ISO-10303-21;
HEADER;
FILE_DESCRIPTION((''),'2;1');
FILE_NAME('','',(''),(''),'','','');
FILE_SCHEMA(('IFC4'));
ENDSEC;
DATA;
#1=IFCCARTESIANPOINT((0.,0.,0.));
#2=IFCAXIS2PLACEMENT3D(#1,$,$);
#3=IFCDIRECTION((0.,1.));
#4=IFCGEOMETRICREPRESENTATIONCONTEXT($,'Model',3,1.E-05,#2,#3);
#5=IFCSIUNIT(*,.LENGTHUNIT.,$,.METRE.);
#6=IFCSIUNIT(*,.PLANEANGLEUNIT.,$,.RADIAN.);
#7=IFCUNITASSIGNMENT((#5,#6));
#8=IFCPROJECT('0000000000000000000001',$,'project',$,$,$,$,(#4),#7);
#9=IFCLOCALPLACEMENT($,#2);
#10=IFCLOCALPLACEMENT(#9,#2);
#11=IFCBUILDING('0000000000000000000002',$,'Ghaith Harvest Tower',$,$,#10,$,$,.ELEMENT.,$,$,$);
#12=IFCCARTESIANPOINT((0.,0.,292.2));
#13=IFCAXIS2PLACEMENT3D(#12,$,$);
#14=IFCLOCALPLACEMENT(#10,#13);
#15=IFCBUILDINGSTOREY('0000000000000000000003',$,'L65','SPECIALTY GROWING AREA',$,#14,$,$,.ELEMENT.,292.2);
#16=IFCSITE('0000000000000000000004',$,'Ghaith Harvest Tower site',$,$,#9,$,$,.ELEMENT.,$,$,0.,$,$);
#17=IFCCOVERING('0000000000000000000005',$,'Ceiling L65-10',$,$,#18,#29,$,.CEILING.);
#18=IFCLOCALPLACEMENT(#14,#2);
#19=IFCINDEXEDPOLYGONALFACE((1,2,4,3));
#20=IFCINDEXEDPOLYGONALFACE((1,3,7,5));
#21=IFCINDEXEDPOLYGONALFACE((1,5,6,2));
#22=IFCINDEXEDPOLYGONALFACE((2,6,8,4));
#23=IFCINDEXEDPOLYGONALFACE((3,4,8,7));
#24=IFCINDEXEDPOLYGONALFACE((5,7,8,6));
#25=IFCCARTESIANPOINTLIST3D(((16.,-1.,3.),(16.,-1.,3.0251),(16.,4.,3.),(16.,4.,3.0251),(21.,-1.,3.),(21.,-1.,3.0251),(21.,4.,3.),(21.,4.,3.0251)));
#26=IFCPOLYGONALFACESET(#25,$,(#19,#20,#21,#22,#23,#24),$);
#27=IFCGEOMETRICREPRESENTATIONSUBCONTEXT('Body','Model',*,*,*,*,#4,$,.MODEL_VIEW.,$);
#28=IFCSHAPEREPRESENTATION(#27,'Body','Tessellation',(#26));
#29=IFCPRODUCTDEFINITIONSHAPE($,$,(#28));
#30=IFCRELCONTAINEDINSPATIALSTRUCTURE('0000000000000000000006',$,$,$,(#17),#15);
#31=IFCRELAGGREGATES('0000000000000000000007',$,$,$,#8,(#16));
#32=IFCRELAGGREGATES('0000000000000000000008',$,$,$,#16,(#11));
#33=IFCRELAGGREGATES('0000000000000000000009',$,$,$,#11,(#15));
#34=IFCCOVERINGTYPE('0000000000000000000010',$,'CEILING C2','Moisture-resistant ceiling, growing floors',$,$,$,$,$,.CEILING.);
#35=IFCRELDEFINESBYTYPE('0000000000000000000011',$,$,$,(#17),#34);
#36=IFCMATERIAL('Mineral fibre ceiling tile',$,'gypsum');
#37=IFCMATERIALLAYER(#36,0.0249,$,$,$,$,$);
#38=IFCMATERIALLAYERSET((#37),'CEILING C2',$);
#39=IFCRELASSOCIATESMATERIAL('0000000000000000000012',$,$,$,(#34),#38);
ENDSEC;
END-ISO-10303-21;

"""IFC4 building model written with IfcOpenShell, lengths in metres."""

from ifc_helpers import new_model, si_unit, direction, frame, origin, place, context, subcontext, project, spatial, polyline, outline, extrude, material, layer, layer_set, type_object, element, save


model = new_model("IFC4")

# Units and contexts
model_context = context("Model", 3, precision=1e-05, world=origin(), true_north=direction((0.0, 1.0)))
body_context = subcontext(model_context, "Body", "Model", "MODEL_VIEW")
ifc_project = project(units=[si_unit("LENGTHUNIT", "METRE"), si_unit("PLANEANGLEUNIT", "RADIAN")], contexts=[model_context])

# Site, building, storey
site_placement = place(None, origin())
site = spatial("IfcSite", under=ifc_project, at=site_placement, Name="Ghaith Harvest Tower site", CompositionType="ELEMENT", RefElevation=0.0)
building_placement = place(site_placement, origin())
building = spatial("IfcBuilding", under=site, at=building_placement, Name="Ghaith Harvest Tower", CompositionType="ELEMENT")
storey_placement = place(building_placement, frame((0.0, 0.0, 292.2)))
storey = spatial("IfcBuildingStorey", under=building, at=storey_placement, Name="L65", Description="SPECIALTY GROWING AREA", CompositionType="ELEMENT", Elevation=292.2)

# Covering
ifc_material_1 = material(Name="Mineral fibre ceiling tile", Category="gypsum")
ifc_layer_1 = layer(ifc_material_1, 0.0249)
ifc_layer_set_1 = layer_set([ifc_layer_1], Name="CEILING C2")
covering_type = type_object("IfcCoveringType", Name="CEILING C2", Description="Moisture-resistant ceiling, growing floors", PredefinedType="CEILING", material=ifc_layer_set_1)
covering_1_placement = place(storey_placement, frame((0.0, 0.0, 3.0)))
element("IfcCovering", 1, at=covering_1_placement, inside=storey, type_object=covering_type, Name="Ceiling L65-10", PredefinedType="CEILING", context=body_context, shape_type="SweptSolid", body=[
    extrude(outline(polyline([(16.0, -1.0), (21.0, -1.0), (21.0, 4.0), (16.0, 4.0), (16.0, -1.0)])), origin(), (0.0, 0.0, 1.0), 0.0251),
])

save(model, "model.ifc")
